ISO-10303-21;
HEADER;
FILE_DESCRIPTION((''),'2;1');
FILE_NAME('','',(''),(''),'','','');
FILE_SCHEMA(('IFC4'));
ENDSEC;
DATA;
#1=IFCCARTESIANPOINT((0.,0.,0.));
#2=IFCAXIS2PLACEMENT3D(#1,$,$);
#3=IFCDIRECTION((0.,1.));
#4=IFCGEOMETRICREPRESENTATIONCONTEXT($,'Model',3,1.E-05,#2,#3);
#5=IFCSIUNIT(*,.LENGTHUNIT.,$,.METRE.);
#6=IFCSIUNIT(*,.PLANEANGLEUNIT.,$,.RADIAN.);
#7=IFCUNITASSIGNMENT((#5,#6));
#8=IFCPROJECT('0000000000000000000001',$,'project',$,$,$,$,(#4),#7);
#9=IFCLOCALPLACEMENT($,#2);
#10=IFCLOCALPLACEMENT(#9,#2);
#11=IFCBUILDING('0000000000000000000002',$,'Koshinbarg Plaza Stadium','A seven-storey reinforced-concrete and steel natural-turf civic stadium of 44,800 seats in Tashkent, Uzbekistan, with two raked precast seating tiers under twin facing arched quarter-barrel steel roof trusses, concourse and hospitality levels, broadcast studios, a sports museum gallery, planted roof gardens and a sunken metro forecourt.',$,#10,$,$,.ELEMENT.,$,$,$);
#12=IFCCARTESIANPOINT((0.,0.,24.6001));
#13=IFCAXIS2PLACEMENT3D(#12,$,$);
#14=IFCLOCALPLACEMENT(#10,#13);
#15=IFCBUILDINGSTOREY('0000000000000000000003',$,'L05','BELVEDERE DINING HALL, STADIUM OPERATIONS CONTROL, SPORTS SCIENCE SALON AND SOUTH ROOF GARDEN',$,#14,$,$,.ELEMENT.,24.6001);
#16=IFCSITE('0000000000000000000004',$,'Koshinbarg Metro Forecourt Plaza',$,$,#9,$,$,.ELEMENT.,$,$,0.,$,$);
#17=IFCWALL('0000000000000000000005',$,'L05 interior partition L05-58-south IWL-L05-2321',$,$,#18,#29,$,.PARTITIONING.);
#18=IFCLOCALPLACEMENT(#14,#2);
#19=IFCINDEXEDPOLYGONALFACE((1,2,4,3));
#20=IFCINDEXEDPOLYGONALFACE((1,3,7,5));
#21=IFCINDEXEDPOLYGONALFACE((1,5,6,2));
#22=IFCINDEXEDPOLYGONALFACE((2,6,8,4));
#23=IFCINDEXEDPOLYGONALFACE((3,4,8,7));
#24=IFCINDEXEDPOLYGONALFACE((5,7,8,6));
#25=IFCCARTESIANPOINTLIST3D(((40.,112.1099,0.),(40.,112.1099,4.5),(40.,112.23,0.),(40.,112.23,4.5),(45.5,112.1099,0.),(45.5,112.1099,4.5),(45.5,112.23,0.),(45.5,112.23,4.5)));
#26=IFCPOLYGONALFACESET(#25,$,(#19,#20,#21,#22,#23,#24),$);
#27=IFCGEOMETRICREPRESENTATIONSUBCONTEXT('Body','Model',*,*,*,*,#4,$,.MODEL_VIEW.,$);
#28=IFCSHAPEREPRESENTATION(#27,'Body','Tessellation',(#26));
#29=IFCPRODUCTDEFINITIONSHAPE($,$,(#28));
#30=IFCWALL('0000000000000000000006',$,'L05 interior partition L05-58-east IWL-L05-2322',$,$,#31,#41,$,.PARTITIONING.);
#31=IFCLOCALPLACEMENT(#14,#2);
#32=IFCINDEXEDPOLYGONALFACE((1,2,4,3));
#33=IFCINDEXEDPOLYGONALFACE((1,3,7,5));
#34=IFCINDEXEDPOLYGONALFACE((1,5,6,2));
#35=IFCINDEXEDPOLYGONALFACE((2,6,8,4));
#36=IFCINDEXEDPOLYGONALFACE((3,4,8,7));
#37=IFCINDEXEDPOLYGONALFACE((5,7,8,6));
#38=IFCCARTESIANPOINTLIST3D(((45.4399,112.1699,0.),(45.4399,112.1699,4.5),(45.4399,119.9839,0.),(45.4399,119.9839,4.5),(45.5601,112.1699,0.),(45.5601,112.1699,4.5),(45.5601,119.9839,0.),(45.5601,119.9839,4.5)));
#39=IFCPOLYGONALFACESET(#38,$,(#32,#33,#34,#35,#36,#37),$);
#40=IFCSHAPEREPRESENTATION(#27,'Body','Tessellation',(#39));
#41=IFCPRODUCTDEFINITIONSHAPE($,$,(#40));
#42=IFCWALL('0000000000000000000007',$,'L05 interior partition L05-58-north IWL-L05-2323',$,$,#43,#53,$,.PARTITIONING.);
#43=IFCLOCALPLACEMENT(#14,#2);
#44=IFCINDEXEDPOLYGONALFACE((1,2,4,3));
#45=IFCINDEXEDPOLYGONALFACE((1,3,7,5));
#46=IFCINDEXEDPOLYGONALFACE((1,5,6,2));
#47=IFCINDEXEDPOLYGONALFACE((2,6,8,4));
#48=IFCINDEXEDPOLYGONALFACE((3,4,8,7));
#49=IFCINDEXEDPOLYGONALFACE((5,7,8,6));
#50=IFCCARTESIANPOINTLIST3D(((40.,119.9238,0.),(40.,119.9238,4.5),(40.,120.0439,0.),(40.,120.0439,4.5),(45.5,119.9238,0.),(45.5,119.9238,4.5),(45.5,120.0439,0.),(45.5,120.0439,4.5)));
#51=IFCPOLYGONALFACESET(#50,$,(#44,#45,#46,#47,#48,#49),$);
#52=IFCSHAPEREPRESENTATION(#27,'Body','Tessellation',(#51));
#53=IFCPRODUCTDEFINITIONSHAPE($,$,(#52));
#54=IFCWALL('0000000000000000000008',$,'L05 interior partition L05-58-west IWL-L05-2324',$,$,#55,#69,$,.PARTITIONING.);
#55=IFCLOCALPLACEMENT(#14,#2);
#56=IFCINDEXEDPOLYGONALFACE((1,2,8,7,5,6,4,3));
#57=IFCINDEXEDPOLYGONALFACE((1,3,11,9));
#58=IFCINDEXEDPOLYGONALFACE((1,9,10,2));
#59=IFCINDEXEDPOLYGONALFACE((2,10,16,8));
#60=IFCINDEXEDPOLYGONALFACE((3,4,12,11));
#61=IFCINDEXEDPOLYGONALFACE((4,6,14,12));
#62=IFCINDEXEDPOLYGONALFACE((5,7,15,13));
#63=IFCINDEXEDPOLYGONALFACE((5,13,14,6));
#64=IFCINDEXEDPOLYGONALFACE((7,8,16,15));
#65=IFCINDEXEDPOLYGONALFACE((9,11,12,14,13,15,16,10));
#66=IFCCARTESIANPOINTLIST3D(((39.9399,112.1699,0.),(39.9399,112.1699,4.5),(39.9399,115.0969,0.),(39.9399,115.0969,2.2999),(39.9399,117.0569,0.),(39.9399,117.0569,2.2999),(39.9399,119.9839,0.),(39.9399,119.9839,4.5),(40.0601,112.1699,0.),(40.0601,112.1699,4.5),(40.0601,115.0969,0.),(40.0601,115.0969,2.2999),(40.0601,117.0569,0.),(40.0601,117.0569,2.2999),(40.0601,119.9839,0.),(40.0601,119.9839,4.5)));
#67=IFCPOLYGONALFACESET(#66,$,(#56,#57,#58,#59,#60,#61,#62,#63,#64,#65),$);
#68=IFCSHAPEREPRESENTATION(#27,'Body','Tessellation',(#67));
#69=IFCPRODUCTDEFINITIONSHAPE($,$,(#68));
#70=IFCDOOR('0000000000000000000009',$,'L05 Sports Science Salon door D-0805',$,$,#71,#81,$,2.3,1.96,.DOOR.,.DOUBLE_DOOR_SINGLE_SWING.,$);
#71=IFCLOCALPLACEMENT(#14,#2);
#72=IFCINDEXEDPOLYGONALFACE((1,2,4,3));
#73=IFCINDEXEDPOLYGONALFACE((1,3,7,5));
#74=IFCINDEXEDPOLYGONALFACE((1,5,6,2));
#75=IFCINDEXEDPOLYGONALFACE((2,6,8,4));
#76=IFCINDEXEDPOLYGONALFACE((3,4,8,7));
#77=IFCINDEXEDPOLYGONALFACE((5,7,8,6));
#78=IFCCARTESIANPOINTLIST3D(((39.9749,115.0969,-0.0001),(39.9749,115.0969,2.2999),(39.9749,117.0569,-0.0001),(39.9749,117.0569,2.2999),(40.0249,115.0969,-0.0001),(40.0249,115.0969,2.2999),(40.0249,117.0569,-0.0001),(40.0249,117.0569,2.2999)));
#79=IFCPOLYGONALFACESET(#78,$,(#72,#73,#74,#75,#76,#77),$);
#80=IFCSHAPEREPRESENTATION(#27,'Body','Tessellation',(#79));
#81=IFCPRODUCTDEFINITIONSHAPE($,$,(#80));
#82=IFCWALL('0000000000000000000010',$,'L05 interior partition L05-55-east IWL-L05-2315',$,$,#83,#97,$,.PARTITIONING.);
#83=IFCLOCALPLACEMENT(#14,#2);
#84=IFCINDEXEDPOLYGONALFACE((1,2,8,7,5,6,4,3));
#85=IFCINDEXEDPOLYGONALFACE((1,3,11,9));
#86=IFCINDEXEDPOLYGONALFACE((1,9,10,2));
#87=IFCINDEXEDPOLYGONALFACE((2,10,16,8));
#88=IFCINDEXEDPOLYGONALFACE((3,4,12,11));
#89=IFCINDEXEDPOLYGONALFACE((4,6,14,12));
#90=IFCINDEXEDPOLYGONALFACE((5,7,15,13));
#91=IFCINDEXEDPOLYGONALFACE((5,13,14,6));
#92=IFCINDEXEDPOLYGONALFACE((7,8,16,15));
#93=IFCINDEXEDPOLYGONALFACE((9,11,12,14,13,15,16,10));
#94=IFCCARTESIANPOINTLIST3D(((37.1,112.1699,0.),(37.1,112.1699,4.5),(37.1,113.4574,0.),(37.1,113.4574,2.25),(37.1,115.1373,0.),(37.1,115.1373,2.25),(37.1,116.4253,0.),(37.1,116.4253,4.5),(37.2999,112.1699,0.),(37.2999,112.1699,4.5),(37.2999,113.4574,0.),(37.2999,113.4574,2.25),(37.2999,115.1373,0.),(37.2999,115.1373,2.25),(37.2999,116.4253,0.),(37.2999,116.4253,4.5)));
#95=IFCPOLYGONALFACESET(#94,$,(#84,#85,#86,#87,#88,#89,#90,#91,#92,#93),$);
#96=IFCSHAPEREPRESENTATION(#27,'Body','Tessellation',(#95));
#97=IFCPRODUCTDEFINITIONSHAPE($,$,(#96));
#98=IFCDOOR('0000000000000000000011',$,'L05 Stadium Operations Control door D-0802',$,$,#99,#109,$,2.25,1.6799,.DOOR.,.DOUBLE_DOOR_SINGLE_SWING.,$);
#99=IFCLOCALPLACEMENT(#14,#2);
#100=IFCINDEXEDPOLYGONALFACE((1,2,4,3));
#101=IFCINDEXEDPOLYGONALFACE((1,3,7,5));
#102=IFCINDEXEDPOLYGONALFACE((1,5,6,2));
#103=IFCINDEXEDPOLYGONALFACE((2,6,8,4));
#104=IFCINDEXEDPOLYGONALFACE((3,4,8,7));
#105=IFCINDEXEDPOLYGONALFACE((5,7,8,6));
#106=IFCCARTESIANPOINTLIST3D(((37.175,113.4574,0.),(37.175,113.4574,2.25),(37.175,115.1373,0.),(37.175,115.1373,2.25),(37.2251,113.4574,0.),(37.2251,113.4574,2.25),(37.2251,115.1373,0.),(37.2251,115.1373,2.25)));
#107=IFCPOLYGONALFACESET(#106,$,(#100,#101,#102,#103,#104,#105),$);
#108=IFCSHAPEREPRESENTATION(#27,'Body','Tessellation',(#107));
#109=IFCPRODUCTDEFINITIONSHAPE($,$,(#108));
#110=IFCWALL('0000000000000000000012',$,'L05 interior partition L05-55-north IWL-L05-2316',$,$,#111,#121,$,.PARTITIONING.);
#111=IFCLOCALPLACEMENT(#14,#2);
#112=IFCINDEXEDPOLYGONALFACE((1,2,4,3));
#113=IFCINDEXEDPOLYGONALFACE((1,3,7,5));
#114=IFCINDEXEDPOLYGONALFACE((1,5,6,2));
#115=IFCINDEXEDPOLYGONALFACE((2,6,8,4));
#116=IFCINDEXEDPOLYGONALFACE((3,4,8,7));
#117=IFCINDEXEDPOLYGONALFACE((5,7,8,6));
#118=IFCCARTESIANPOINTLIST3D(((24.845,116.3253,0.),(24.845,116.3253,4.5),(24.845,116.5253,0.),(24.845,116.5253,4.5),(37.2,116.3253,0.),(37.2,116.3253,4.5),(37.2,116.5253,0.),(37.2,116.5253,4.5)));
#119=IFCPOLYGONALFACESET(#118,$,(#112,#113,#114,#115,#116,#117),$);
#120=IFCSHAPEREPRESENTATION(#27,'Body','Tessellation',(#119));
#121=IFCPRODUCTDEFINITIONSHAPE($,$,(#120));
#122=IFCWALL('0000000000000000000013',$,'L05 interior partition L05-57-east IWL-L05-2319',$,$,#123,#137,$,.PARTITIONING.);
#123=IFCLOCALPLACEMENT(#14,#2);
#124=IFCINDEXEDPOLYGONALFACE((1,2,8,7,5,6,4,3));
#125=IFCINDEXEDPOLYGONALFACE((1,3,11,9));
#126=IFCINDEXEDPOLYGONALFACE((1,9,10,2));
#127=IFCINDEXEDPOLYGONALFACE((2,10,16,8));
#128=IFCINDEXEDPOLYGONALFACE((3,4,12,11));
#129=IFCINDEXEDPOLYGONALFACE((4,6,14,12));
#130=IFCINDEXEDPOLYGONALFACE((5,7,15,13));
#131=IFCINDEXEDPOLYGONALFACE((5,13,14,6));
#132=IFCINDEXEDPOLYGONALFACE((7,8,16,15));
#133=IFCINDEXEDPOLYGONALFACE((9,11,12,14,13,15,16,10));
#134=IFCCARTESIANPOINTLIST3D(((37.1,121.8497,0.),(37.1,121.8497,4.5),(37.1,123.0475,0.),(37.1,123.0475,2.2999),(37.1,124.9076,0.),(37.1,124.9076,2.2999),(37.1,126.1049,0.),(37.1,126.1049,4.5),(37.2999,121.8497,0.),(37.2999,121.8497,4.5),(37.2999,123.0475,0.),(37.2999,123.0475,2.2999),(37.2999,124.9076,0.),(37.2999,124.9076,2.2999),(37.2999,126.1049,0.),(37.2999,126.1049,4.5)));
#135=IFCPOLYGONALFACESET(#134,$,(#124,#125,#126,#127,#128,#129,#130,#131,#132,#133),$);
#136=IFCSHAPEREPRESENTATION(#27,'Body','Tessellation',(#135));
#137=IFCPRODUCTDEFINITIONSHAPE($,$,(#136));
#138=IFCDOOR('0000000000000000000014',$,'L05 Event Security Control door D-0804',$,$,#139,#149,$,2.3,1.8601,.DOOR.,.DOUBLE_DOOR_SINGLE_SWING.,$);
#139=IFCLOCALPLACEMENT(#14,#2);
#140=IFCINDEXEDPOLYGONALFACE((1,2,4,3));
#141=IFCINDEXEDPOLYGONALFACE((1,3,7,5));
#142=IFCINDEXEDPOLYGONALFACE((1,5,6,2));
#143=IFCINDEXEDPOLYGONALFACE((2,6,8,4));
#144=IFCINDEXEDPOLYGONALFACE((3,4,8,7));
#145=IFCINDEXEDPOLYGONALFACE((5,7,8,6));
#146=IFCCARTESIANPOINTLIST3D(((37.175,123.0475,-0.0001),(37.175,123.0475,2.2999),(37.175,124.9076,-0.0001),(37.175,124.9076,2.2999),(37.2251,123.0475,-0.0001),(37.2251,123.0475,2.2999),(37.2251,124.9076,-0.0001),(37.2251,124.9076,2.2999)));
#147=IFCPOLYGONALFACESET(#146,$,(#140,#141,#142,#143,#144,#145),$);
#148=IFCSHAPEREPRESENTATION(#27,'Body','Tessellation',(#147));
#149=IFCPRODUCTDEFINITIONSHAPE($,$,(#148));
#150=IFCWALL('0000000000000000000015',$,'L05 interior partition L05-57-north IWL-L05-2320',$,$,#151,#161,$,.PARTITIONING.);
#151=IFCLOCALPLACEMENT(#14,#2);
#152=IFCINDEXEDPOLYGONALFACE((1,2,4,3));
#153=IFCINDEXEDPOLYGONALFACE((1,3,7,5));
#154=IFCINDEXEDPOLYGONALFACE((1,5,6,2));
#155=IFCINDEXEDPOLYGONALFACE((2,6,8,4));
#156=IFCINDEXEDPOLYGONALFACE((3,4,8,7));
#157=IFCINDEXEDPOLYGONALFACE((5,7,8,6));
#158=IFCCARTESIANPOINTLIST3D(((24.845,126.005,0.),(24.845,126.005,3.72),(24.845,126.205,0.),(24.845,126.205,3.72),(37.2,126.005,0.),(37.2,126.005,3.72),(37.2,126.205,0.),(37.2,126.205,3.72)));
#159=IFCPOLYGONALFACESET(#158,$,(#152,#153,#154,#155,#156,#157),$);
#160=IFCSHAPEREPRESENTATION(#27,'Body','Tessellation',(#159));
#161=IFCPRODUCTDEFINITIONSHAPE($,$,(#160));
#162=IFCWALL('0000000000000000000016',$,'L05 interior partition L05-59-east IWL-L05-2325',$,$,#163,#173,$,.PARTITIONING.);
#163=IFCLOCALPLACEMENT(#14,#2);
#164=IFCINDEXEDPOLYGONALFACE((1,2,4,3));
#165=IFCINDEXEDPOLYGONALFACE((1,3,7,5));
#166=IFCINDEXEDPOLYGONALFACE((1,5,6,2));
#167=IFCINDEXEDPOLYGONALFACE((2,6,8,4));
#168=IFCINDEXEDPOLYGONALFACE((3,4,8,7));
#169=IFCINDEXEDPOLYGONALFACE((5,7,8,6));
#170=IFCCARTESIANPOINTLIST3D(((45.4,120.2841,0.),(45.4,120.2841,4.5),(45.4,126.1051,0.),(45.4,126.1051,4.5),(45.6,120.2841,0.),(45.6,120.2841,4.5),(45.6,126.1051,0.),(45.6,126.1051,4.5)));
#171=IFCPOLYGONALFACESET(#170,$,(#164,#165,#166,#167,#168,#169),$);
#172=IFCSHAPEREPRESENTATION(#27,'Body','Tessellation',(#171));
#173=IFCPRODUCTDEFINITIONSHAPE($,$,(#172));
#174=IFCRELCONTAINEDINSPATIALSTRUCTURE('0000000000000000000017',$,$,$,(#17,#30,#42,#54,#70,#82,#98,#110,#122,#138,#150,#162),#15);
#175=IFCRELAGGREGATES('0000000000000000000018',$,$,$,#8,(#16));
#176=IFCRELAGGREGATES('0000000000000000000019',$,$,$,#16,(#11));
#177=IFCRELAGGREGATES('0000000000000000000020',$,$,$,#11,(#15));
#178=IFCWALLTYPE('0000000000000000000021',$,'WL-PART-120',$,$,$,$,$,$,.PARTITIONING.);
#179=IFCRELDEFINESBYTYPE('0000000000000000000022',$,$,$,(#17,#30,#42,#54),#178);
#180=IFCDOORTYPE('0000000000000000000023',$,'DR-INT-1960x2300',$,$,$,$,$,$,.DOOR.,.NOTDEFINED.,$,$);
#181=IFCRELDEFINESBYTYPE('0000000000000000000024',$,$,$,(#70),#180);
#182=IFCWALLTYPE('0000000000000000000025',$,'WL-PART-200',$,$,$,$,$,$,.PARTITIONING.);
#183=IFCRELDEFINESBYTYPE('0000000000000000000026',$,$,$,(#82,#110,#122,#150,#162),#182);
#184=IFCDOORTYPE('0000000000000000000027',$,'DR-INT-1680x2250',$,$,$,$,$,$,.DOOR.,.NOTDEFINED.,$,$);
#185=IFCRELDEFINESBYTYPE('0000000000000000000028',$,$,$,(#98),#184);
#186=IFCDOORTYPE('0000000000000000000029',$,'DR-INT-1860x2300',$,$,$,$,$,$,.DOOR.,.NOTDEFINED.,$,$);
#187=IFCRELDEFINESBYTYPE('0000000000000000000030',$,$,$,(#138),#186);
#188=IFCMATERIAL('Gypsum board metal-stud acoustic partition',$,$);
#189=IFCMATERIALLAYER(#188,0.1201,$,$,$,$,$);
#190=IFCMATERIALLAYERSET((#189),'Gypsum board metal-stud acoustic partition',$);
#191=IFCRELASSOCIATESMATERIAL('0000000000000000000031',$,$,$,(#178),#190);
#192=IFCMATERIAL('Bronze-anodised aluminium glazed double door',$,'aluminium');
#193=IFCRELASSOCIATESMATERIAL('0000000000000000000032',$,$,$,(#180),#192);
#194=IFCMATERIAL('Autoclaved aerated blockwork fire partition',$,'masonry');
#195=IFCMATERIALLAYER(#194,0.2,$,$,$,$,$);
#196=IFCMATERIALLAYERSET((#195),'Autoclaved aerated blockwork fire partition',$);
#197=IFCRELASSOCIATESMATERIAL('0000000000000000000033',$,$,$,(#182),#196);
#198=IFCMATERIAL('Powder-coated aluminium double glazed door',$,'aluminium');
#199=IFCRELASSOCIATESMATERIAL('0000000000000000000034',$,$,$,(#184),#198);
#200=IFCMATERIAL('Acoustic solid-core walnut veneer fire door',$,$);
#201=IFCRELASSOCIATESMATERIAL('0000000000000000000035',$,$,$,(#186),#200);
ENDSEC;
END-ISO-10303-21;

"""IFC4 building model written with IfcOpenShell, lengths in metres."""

from ifc_helpers import new_model, si_unit, direction, frame, frame_2d, origin, place, context, subcontext, project, spatial, rectangle, extrude, material, layer, layer_set, type_object, element, fill, save


model = new_model("IFC4")

# Units and contexts
model_context = context("Model", 3, precision=1e-05, world=origin(), true_north=direction((0.0, 1.0)))
body_context = subcontext(model_context, "Body", "Model", "MODEL_VIEW")
ifc_project = project(units=[si_unit("LENGTHUNIT", "METRE"), si_unit("PLANEANGLEUNIT", "RADIAN")], contexts=[model_context])

# Site, building, storey
site_placement = place(None, origin())
site = spatial("IfcSite", under=ifc_project, at=site_placement, Name="Koshinbarg Metro Forecourt Plaza", CompositionType="ELEMENT", RefElevation=0.0)
building_placement = place(site_placement, origin())
building = spatial("IfcBuilding", under=site, at=building_placement, Name="Koshinbarg Plaza Stadium", Description="A seven-storey reinforced-concrete and steel natural-turf civic stadium of 44,800 seats in Tashkent, Uzbekistan, with two raked precast seating tiers under twin facing arched quarter-barrel steel roof trusses, concourse and hospitality levels, broadcast studios, a sports museum gallery, planted roof gardens and a sunken metro forecourt.", CompositionType="ELEMENT")
storey_placement = place(building_placement, frame((0.0, 0.0, 24.6001)))
storey = spatial("IfcBuildingStorey", under=building, at=storey_placement, Name="L05", Description="BELVEDERE DINING HALL, STADIUM OPERATIONS CONTROL, SPORTS SCIENCE SALON AND SOUTH ROOF GARDEN", CompositionType="ELEMENT", Elevation=24.6001)

# Shared definitions
ifc_material_1 = material(Name="Gypsum board metal-stud acoustic partition")
ifc_layer_1 = layer(ifc_material_1, 0.1201)
ifc_layer_set_1 = layer_set([ifc_layer_1], Name="Gypsum board metal-stud acoustic partition")
wall_type_1 = type_object("IfcWallType", Name="WL-PART-120", PredefinedType="PARTITIONING", material=ifc_layer_set_1)

# Walls
wall_1_placement = place(storey_placement, frame((40.0, 112.1699, 0.0), z_axis=(0.0, 0.0, 1.0), x_axis=(1.0, 0.0, 0.0)))
element("IfcWall", 1, at=wall_1_placement, inside=storey, type_object=wall_type_1, Name="L05 interior partition L05-58-south IWL-L05-2321", PredefinedType="PARTITIONING", context=body_context, shape_type="SweptSolid", body=[
    extrude(rectangle(XDim=5.5, YDim=0.1201, at=frame_2d((2.75, 0.0))), origin(), (0.0, 0.0, 1.0), 4.5),
])
wall_2_placement = place(storey_placement, frame((45.5, 112.1699, 0.0), z_axis=(0.0, 0.0, 1.0), x_axis=(0.0, 1.0, 0.0)))
element("IfcWall", 2, at=wall_2_placement, inside=storey, type_object=wall_type_1, Name="L05 interior partition L05-58-east IWL-L05-2322", PredefinedType="PARTITIONING", context=body_context, shape_type="SweptSolid", body=[
    extrude(rectangle(XDim=7.814, YDim=0.1201, at=frame_2d((3.907, 0.0))), origin(), (0.0, 0.0, 1.0), 4.5),
])
wall_3_placement = place(storey_placement, frame((45.5, 119.9839, 0.0), z_axis=(0.0, 0.0, 1.0), x_axis=(-1.0, 0.0, 0.0)))
element("IfcWall", 3, at=wall_3_placement, inside=storey, type_object=wall_type_1, Name="L05 interior partition L05-58-north IWL-L05-2323", PredefinedType="PARTITIONING", context=body_context, shape_type="SweptSolid", body=[
    extrude(rectangle(XDim=5.5, YDim=0.1201, at=frame_2d((2.75, 0.0))), origin(), (0.0, 0.0, 1.0), 4.5),
])

# Walls, openings, doors
wall_4_placement = place(storey_placement, frame((40.0, 119.9839, 0.0), z_axis=(0.0, 0.0, 1.0), x_axis=(0.0, -1.0, 0.0)))
wall_4 = element("IfcWall", 4, at=wall_4_placement, inside=storey, type_object=wall_type_1, Name="L05 interior partition L05-58-west IWL-L05-2324", PredefinedType="PARTITIONING", context=body_context, shape_type="SweptSolid", body=[
    extrude(rectangle(XDim=7.814, YDim=0.1201, at=frame_2d((3.907, 0.0))), origin(), (0.0, 0.0, 1.0), 4.5),
])
opening_1_placement = place(wall_4_placement, frame((2.927, 0.0, 0.0)))
opening_1 = element("IfcOpeningElement", 5, at=opening_1_placement, cuts=wall_4, PredefinedType="OPENING", context=body_context, shape_type="SweptSolid", body=[
    extrude(rectangle(XDim=1.96, YDim=2.3, at=frame_2d((0.98, 1.1499))), frame((0.0, 0.0701, 0.0), z_axis=(0.0, -1.0, 0.0), x_axis=(1.0, 0.0, 0.0)), (0.0, 0.0, 1.0), 0.1401),
])
ifc_material_2 = material(Name="Bronze-anodised aluminium glazed double door", Category="aluminium")
door_type_1 = type_object("IfcDoorType", Name="DR-INT-1960x2300", OperationType="NOTDEFINED", PredefinedType="DOOR", material=ifc_material_2)
door_1_placement = place(opening_1_placement, origin())
door_1 = element("IfcDoor", 6, at=door_1_placement, inside=storey, type_object=door_type_1, Name="L05 Sports Science Salon door D-0805", OperationType="DOUBLE_DOOR_SINGLE_SWING", OverallHeight=2.3, OverallWidth=1.96, PredefinedType="DOOR", context=body_context, shape_type="SweptSolid", body=[
    extrude(rectangle(XDim=1.96, YDim=2.3, at=frame_2d((0.98, 1.1499))), frame((0.0, 0.0249, 0.0), z_axis=(0.0, -1.0, 0.0), x_axis=(1.0, 0.0, 0.0)), (0.0, 0.0, 1.0), 0.05),
])
fill(opening_1, door_1)
ifc_material_3 = material(Name="Autoclaved aerated blockwork fire partition", Category="masonry")
ifc_layer_2 = layer(ifc_material_3, 0.2)
ifc_layer_set_2 = layer_set([ifc_layer_2], Name="Autoclaved aerated blockwork fire partition")
wall_type_2 = type_object("IfcWallType", Name="WL-PART-200", PredefinedType="PARTITIONING", material=ifc_layer_set_2)
wall_5_placement = place(storey_placement, frame((37.2, 112.1699, 0.0), z_axis=(0.0, 0.0, 1.0), x_axis=(0.0, 1.0, 0.0)))
wall_5 = element("IfcWall", 7, at=wall_5_placement, inside=storey, type_object=wall_type_2, Name="L05 interior partition L05-55-east IWL-L05-2315", PredefinedType="PARTITIONING", context=body_context, shape_type="SweptSolid", body=[
    extrude(rectangle(XDim=4.2554, YDim=0.2, at=frame_2d((2.1277, 0.0))), origin(), (0.0, 0.0, 1.0), 4.5),
])
opening_2_placement = place(wall_5_placement, frame((1.2876, 0.0, 0.0)))
opening_2 = element("IfcOpeningElement", 8, at=opening_2_placement, cuts=wall_5, PredefinedType="OPENING", context=body_context, shape_type="SweptSolid", body=[
    extrude(rectangle(XDim=1.6799, YDim=2.25, at=frame_2d((0.8398, 1.125))), frame((0.0, 0.1099, 0.0), z_axis=(0.0, -1.0, 0.0), x_axis=(1.0, 0.0, 0.0)), (0.0, 0.0, 1.0), 0.22),
])
ifc_material_4 = material(Name="Powder-coated aluminium double glazed door", Category="aluminium")
door_type_2 = type_object("IfcDoorType", Name="DR-INT-1680x2250", OperationType="NOTDEFINED", PredefinedType="DOOR", material=ifc_material_4)
door_2_placement = place(opening_2_placement, origin())
door_2 = element("IfcDoor", 9, at=door_2_placement, inside=storey, type_object=door_type_2, Name="L05 Stadium Operations Control door D-0802", OperationType="DOUBLE_DOOR_SINGLE_SWING", OverallHeight=2.25, OverallWidth=1.6799, PredefinedType="DOOR", context=body_context, shape_type="SweptSolid", body=[
    extrude(rectangle(XDim=1.6799, YDim=2.25, at=frame_2d((0.8398, 1.125))), frame((0.0, 0.0249, 0.0), z_axis=(0.0, -1.0, 0.0), x_axis=(1.0, 0.0, 0.0)), (0.0, 0.0, 1.0), 0.05),
])
fill(opening_2, door_2)

# Wall
wall_6_placement = place(storey_placement, frame((37.2, 116.4253, 0.0), z_axis=(0.0, 0.0, 1.0), x_axis=(-1.0, 0.0, 0.0)))
element("IfcWall", 10, at=wall_6_placement, inside=storey, type_object=wall_type_2, Name="L05 interior partition L05-55-north IWL-L05-2316", PredefinedType="PARTITIONING", context=body_context, shape_type="SweptSolid", body=[
    extrude(rectangle(XDim=12.355, YDim=0.2, at=frame_2d((6.1775, 0.0))), origin(), (0.0, 0.0, 1.0), 4.5),
])

# Wall, opening, door
wall_7_placement = place(storey_placement, frame((37.2, 121.8499, 0.0), z_axis=(0.0, 0.0, 1.0), x_axis=(0.0, 1.0, 0.0)))
wall_7 = element("IfcWall", 11, at=wall_7_placement, inside=storey, type_object=wall_type_2, Name="L05 interior partition L05-57-east IWL-L05-2319", PredefinedType="PARTITIONING", context=body_context, shape_type="SweptSolid", body=[
    extrude(rectangle(XDim=4.2551, YDim=0.2, at=frame_2d((2.1274, 0.0))), origin(), (0.0, 0.0, 1.0), 4.5),
])
opening_3_placement = place(wall_7_placement, frame((1.1975, 0.0, 0.0)))
opening_3 = element("IfcOpeningElement", 12, at=opening_3_placement, cuts=wall_7, PredefinedType="OPENING", context=body_context, shape_type="SweptSolid", body=[
    extrude(rectangle(XDim=1.8601, YDim=2.3, at=frame_2d((0.9302, 1.1499))), frame((0.0, 0.1099, 0.0), z_axis=(0.0, -1.0, 0.0), x_axis=(1.0, 0.0, 0.0)), (0.0, 0.0, 1.0), 0.22),
])
ifc_material_5 = material(Name="Acoustic solid-core walnut veneer fire door")
door_type_3 = type_object("IfcDoorType", Name="DR-INT-1860x2300", OperationType="NOTDEFINED", PredefinedType="DOOR", material=ifc_material_5)
door_3_placement = place(opening_3_placement, origin())
door_3 = element("IfcDoor", 13, at=door_3_placement, inside=storey, type_object=door_type_3, Name="L05 Event Security Control door D-0804", OperationType="DOUBLE_DOOR_SINGLE_SWING", OverallHeight=2.3, OverallWidth=1.8601, PredefinedType="DOOR", context=body_context, shape_type="SweptSolid", body=[
    extrude(rectangle(XDim=1.8601, YDim=2.3, at=frame_2d((0.9302, 1.1499))), frame((0.0, 0.0249, 0.0), z_axis=(0.0, -1.0, 0.0), x_axis=(1.0, 0.0, 0.0)), (0.0, 0.0, 1.0), 0.05),
])
fill(opening_3, door_3)

# Walls
wall_8_placement = place(storey_placement, frame((37.2, 126.105, 0.0), z_axis=(0.0, 0.0, 1.0), x_axis=(-1.0, 0.0, 0.0)))
element("IfcWall", 14, at=wall_8_placement, inside=storey, type_object=wall_type_2, Name="L05 interior partition L05-57-north IWL-L05-2320", PredefinedType="PARTITIONING", context=body_context, shape_type="SweptSolid", body=[
    extrude(rectangle(XDim=12.355, YDim=0.2, at=frame_2d((6.1775, 0.0))), origin(), (0.0, 0.0, 1.0), 3.72),
])
wall_9_placement = place(storey_placement, frame((45.5, 120.2839, 0.0), z_axis=(0.0, 0.0, 1.0), x_axis=(0.0, 1.0, 0.0)))
element("IfcWall", 15, at=wall_9_placement, inside=storey, type_object=wall_type_2, Name="L05 interior partition L05-59-east IWL-L05-2325", PredefinedType="PARTITIONING", context=body_context, shape_type="SweptSolid", body=[
    extrude(rectangle(XDim=5.821, YDim=0.2, at=frame_2d((2.9106, 0.0))), origin(), (0.0, 0.0, 1.0), 4.5),
])

save(model, "model.ifc")
